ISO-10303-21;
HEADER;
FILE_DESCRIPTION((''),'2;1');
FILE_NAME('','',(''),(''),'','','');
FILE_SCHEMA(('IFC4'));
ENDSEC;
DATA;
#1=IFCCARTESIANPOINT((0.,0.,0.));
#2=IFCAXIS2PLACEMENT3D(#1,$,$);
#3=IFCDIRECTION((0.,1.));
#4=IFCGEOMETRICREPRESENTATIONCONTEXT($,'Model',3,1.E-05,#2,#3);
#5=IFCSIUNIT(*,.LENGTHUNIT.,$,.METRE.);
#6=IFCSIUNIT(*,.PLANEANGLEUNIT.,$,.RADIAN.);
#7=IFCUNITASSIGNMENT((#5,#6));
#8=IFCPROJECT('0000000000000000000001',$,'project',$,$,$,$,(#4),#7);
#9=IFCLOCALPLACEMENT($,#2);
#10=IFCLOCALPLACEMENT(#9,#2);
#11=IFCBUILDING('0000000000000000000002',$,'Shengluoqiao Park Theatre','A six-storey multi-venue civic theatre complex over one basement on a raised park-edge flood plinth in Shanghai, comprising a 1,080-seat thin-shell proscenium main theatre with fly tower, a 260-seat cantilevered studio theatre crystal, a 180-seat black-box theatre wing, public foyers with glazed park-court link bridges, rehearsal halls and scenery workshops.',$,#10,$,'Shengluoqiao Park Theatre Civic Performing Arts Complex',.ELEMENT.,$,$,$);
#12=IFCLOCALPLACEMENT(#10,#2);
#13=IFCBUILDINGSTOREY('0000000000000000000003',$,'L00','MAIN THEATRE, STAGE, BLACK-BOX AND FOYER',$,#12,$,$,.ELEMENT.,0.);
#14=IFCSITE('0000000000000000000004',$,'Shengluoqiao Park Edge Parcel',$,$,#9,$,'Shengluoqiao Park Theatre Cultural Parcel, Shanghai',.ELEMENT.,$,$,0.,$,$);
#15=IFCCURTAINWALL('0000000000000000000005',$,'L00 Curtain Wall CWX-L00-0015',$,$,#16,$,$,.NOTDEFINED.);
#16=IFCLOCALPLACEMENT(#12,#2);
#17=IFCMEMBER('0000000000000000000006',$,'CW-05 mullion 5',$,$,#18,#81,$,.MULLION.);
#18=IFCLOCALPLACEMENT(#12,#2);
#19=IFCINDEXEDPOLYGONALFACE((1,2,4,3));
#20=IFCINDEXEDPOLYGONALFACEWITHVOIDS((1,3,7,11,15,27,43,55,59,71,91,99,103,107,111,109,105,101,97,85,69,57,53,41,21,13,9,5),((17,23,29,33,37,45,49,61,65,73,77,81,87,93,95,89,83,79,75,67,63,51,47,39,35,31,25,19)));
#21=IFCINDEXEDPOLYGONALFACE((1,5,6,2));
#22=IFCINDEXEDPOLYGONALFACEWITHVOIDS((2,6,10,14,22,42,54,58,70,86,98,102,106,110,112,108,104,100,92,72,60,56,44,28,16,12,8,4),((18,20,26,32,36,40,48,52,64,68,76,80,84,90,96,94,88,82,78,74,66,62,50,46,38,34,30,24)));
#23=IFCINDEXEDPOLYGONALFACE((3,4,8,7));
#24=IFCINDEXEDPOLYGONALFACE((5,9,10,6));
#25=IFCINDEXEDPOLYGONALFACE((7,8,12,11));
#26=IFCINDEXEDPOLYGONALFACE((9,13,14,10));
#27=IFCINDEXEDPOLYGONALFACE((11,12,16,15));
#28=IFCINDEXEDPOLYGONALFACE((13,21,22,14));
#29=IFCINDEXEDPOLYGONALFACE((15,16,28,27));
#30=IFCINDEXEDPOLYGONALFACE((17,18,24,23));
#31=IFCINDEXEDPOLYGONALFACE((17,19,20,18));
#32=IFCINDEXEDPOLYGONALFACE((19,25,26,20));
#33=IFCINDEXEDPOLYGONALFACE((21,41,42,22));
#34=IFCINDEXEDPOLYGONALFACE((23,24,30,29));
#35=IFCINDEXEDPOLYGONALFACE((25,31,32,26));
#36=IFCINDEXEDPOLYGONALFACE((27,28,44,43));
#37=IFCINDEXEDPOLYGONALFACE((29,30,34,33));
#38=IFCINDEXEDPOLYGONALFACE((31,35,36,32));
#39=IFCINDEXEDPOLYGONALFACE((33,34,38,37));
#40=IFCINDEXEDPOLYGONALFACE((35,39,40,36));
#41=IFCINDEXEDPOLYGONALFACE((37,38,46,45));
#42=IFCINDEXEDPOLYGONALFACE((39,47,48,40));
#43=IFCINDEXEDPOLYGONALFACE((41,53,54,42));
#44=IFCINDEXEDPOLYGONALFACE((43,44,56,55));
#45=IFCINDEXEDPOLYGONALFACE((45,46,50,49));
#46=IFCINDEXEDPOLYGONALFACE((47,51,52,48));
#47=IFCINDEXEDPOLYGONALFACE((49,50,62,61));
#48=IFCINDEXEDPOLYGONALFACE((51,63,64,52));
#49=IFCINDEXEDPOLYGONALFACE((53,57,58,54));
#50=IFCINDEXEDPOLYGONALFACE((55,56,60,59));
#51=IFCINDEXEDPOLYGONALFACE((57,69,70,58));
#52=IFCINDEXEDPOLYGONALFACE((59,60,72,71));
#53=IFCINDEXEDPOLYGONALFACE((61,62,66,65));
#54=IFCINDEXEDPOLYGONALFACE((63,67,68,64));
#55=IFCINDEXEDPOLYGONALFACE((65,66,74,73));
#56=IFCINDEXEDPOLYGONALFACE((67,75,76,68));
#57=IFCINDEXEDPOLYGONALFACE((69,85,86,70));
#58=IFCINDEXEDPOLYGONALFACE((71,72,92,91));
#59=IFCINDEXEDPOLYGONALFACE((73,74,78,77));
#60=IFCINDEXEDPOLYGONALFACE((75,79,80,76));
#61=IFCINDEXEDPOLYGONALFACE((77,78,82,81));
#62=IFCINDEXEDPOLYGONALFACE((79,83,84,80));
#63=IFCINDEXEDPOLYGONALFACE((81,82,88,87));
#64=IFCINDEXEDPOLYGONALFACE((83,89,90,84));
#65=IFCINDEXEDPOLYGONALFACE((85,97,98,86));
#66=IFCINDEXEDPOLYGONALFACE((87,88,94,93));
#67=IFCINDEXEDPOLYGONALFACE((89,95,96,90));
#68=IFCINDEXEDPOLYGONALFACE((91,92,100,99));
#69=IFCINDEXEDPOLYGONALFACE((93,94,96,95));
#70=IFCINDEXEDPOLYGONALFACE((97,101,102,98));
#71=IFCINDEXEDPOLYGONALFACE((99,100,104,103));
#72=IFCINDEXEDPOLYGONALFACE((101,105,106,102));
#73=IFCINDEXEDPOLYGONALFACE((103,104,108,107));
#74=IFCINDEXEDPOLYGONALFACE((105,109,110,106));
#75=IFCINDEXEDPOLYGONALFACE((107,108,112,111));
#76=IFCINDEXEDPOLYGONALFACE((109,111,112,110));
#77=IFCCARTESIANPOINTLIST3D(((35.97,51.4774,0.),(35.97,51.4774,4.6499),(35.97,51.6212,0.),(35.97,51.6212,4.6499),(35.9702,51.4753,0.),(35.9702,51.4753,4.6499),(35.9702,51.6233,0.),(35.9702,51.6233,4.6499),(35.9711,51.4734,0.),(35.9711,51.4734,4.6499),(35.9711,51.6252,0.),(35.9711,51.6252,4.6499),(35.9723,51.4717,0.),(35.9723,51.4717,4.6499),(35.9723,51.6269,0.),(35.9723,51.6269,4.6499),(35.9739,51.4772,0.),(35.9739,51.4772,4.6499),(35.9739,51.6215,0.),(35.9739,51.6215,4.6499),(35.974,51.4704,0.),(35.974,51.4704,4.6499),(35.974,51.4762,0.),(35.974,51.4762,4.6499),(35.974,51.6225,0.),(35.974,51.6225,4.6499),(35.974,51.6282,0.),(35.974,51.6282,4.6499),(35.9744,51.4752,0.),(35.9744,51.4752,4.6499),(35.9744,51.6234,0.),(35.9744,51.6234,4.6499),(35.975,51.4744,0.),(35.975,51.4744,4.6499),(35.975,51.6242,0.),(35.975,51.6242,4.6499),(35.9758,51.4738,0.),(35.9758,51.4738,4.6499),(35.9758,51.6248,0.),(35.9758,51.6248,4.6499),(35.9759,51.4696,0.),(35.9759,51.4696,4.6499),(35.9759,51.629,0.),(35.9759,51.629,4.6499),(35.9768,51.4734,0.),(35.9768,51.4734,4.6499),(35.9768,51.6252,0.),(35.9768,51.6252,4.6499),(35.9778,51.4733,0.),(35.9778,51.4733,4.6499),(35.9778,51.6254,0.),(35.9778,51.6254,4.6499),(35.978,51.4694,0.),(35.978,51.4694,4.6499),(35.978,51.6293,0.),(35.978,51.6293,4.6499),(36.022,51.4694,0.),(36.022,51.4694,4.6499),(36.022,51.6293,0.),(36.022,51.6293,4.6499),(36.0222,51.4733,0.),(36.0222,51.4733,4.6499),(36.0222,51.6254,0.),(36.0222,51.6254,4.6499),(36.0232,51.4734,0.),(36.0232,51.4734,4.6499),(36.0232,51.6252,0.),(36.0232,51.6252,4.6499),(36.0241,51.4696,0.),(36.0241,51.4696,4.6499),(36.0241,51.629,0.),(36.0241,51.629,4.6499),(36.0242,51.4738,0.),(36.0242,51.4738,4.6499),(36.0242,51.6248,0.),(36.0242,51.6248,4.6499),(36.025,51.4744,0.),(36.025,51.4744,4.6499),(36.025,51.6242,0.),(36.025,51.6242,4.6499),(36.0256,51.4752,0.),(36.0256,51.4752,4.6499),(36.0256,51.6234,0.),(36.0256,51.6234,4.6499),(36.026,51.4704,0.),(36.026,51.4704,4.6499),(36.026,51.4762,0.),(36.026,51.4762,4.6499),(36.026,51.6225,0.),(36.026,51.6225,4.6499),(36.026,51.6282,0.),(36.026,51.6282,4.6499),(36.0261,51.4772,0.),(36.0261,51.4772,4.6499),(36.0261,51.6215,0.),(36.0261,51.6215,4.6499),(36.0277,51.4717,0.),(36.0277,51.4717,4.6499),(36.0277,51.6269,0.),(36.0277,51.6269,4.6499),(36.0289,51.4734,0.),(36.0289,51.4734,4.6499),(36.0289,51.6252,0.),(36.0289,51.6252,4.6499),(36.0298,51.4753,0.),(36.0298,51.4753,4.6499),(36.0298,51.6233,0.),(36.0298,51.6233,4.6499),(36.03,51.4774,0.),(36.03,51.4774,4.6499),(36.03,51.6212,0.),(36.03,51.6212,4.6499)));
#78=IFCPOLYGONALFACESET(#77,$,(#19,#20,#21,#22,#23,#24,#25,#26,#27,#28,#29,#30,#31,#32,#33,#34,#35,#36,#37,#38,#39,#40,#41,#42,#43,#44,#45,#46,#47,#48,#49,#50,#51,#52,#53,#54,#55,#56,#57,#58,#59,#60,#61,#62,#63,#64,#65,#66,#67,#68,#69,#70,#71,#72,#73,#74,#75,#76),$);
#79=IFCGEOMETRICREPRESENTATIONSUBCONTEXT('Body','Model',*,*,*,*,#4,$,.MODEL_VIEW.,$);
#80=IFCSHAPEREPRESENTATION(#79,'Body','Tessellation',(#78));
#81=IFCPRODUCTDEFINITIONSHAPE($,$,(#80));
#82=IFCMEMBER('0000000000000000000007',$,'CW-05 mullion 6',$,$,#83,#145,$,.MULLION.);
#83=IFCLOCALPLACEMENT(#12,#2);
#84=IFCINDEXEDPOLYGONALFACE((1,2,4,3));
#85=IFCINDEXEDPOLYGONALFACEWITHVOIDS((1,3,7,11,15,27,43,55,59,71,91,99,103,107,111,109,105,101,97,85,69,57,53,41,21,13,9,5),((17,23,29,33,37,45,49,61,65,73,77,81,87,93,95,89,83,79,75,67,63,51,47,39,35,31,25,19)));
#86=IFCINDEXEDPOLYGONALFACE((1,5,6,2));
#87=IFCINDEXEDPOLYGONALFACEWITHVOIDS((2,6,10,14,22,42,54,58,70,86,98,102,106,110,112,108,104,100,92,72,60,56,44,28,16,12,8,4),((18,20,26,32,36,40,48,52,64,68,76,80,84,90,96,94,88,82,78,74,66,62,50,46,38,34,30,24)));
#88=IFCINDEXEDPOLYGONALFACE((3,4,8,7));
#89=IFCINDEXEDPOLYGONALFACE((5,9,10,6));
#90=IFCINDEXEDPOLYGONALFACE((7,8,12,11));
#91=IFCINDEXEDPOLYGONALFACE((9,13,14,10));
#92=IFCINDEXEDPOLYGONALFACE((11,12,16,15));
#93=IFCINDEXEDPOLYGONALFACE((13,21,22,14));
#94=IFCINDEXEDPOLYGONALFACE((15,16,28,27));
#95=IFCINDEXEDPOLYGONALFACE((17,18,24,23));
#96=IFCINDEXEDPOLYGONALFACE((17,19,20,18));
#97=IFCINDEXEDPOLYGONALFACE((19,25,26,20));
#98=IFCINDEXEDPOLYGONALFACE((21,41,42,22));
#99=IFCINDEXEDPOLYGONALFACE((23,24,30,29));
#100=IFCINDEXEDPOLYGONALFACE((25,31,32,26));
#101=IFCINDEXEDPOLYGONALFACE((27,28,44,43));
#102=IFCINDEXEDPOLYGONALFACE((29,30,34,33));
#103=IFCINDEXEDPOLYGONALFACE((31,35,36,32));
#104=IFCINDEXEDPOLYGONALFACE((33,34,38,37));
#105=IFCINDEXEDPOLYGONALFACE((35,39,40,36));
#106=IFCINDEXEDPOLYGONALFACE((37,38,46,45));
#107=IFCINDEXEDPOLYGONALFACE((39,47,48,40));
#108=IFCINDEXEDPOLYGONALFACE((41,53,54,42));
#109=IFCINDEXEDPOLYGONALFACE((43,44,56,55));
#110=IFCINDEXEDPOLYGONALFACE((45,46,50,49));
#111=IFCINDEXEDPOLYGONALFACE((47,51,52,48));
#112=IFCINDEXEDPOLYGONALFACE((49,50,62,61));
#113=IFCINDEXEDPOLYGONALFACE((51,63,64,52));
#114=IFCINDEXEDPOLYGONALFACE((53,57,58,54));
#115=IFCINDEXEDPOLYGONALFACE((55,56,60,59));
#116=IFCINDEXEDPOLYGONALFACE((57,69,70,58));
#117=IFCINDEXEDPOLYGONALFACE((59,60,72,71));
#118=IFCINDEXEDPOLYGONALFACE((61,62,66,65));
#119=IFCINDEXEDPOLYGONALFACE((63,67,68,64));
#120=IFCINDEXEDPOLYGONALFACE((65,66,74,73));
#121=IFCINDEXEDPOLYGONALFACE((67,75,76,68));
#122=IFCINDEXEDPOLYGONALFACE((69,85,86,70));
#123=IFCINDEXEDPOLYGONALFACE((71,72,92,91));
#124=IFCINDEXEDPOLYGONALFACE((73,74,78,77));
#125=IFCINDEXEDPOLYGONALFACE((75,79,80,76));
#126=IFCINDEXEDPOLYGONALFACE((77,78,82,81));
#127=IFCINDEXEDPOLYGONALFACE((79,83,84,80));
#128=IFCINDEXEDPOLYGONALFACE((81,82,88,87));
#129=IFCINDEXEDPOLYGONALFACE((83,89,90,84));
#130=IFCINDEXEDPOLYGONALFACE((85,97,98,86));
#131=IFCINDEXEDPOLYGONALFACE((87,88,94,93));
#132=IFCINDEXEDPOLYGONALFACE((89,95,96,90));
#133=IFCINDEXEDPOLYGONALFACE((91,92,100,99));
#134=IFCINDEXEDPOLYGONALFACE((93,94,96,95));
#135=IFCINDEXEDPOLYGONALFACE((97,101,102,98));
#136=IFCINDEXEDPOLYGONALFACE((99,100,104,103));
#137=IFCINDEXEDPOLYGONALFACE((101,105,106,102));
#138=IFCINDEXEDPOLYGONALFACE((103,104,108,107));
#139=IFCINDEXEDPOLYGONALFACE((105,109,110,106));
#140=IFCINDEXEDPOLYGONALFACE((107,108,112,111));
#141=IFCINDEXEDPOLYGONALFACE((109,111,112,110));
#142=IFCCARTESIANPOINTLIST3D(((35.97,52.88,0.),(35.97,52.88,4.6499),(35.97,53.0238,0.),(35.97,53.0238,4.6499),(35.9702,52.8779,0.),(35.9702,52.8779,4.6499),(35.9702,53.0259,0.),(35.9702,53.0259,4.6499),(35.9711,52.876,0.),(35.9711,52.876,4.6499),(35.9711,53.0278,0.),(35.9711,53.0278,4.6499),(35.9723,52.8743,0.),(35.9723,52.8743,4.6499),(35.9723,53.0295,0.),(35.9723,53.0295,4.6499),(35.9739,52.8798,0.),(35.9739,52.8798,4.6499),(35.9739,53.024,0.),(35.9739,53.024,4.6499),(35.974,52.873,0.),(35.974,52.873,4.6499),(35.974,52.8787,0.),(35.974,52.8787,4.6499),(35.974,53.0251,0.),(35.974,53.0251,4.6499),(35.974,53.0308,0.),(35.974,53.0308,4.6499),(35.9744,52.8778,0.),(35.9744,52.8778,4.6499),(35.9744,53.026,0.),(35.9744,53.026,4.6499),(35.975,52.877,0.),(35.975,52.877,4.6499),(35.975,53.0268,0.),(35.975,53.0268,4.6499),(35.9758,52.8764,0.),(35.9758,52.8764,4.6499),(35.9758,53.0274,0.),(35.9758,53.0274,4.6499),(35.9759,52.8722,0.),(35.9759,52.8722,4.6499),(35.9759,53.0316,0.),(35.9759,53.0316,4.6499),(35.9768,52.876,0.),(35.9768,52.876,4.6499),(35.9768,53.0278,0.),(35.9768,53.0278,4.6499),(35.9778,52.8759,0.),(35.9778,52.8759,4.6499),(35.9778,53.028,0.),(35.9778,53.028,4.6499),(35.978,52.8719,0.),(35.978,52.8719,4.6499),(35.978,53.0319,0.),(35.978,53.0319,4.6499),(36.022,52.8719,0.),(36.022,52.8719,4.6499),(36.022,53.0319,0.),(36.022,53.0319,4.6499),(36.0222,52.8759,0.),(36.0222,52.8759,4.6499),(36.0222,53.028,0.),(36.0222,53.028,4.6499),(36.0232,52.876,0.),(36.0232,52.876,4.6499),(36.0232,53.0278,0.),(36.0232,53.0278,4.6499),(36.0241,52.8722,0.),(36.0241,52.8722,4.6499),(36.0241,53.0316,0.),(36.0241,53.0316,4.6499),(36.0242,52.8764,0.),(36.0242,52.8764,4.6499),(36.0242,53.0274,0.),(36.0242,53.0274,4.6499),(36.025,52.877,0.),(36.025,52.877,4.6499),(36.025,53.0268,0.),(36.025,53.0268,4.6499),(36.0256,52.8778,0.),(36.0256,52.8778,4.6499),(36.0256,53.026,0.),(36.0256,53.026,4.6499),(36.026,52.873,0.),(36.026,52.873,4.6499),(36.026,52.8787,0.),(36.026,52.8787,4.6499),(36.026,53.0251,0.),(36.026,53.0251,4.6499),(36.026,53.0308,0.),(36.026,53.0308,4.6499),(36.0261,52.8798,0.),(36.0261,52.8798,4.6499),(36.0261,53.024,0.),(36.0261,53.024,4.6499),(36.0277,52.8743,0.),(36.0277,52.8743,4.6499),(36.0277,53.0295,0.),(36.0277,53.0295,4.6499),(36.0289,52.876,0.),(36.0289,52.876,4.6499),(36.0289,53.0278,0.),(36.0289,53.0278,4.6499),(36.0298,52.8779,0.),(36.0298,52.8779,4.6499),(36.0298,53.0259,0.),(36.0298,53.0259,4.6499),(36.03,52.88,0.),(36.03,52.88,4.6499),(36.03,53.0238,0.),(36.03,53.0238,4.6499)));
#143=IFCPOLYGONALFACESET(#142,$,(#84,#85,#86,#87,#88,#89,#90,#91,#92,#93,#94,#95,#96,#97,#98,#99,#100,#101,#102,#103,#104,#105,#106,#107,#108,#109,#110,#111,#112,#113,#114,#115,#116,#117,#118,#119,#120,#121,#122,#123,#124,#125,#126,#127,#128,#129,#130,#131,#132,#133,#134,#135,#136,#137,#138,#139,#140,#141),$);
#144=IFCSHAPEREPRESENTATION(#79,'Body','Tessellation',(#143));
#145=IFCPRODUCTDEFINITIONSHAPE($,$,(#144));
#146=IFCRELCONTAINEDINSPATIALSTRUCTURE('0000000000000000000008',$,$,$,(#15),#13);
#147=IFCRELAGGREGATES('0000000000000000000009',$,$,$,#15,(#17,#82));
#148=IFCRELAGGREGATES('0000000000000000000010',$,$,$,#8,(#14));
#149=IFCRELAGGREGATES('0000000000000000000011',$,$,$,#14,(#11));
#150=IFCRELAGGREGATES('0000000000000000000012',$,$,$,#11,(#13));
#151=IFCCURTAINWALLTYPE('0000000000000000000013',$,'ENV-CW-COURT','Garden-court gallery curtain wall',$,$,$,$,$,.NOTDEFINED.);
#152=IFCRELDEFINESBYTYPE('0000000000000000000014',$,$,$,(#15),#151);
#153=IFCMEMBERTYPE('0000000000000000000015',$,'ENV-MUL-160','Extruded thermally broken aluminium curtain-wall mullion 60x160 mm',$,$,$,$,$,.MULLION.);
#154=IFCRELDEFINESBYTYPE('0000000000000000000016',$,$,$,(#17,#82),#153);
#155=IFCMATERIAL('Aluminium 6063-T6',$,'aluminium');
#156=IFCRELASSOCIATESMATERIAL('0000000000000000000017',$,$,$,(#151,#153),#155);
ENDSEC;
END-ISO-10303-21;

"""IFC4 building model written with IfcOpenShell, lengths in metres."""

from ifc_helpers import new_model, si_unit, direction, frame, origin, origin_2d, place, context, subcontext, project, spatial, hollow_rectangle, extrude, material, material_profile, profile_set, type_object, element, aggregate, save


model = new_model("IFC4")

# Units and contexts
model_context = context("Model", 3, precision=1e-05, world=origin(), true_north=direction((0.0, 1.0)))
body_context = subcontext(model_context, "Body", "Model", "MODEL_VIEW")
ifc_project = project(units=[si_unit("LENGTHUNIT", "METRE"), si_unit("PLANEANGLEUNIT", "RADIAN")], contexts=[model_context])

# Site, building, storey
site_placement = place(None, origin())
site = spatial("IfcSite", under=ifc_project, at=site_placement, Name="Shengluoqiao Park Edge Parcel", LongName="Shengluoqiao Park Theatre Cultural Parcel, Shanghai", CompositionType="ELEMENT", RefElevation=0.0)
building_placement = place(site_placement, origin())
building = spatial("IfcBuilding", under=site, at=building_placement, Name="Shengluoqiao Park Theatre", Description="A six-storey multi-venue civic theatre complex over one basement on a raised park-edge flood plinth in Shanghai, comprising a 1,080-seat thin-shell proscenium main theatre with fly tower, a 260-seat cantilevered studio theatre crystal, a 180-seat black-box theatre wing, public foyers with glazed park-court link bridges, rehearsal halls and scenery workshops.", LongName="Shengluoqiao Park Theatre Civic Performing Arts Complex", CompositionType="ELEMENT")
storey_placement = place(building_placement, origin())
storey = spatial("IfcBuildingStorey", under=building, at=storey_placement, Name="L00", Description="MAIN THEATRE, STAGE, BLACK-BOX AND FOYER", CompositionType="ELEMENT", Elevation=0.0)

# Curtain wall, members
ifc_material_1 = material(Name="Aluminium 6063-T6", Category="aluminium")
curtain_wall_type_1 = type_object("IfcCurtainWallType", Name="ENV-CW-COURT", Description="Garden-court gallery curtain wall", PredefinedType="NOTDEFINED", material=ifc_material_1)
curtain_wall_1_placement = place(storey_placement, origin())
curtain_wall_1 = element("IfcCurtainWall", 1, at=curtain_wall_1_placement, inside=storey, type_object=curtain_wall_type_1, Name="L00 Curtain Wall CWX-L00-0015", PredefinedType="NOTDEFINED")
ifc_material_profile_1 = material_profile(ifc_material_1, hollow_rectangle(XDim=0.0601, YDim=0.1599, WallThickness=0.0039, InnerFilletRadius=0.0039, OuterFilletRadius=0.0081, at=origin_2d()), Name="ALU MULLION 160x60x4")
ifc_profile_set_1 = profile_set([ifc_material_profile_1], Name="Aluminium 6063-T6")
member_type_1 = type_object("IfcMemberType", Name="ENV-MUL-160", Description="Extruded thermally broken aluminium curtain-wall mullion 60x160 mm", PredefinedType="MULLION", material=ifc_profile_set_1)
member_1_placement = place(storey_placement, frame((36.0, 51.5493, 0.0), z_axis=(0.0, 0.0, 1.0), x_axis=(-1.0, 0.0, 0.0)))
member_1 = element("IfcMember", 2, at=member_1_placement, type_object=member_type_1, Name="CW-05 mullion 5", PredefinedType="MULLION", context=body_context, shape_type="SweptSolid", body=[
    extrude(hollow_rectangle(XDim=0.0601, YDim=0.1599, WallThickness=0.0039, InnerFilletRadius=0.0039, OuterFilletRadius=0.0081, at=origin_2d()), origin(), (0.0, 0.0, 1.0), 4.6499),
])
member_2_placement = place(storey_placement, frame((36.0, 52.9519, 0.0), z_axis=(0.0, 0.0, 1.0), x_axis=(-1.0, 0.0, 0.0)))
member_2 = element("IfcMember", 3, at=member_2_placement, type_object=member_type_1, Name="CW-05 mullion 6", PredefinedType="MULLION", context=body_context, shape_type="SweptSolid", body=[
    extrude(hollow_rectangle(XDim=0.0601, YDim=0.1599, WallThickness=0.0039, InnerFilletRadius=0.0039, OuterFilletRadius=0.0081, at=origin_2d()), origin(), (0.0, 0.0, 1.0), 4.6499),
])

aggregate(curtain_wall_1, [member_1, member_2])

save(model, "model.ifc")
